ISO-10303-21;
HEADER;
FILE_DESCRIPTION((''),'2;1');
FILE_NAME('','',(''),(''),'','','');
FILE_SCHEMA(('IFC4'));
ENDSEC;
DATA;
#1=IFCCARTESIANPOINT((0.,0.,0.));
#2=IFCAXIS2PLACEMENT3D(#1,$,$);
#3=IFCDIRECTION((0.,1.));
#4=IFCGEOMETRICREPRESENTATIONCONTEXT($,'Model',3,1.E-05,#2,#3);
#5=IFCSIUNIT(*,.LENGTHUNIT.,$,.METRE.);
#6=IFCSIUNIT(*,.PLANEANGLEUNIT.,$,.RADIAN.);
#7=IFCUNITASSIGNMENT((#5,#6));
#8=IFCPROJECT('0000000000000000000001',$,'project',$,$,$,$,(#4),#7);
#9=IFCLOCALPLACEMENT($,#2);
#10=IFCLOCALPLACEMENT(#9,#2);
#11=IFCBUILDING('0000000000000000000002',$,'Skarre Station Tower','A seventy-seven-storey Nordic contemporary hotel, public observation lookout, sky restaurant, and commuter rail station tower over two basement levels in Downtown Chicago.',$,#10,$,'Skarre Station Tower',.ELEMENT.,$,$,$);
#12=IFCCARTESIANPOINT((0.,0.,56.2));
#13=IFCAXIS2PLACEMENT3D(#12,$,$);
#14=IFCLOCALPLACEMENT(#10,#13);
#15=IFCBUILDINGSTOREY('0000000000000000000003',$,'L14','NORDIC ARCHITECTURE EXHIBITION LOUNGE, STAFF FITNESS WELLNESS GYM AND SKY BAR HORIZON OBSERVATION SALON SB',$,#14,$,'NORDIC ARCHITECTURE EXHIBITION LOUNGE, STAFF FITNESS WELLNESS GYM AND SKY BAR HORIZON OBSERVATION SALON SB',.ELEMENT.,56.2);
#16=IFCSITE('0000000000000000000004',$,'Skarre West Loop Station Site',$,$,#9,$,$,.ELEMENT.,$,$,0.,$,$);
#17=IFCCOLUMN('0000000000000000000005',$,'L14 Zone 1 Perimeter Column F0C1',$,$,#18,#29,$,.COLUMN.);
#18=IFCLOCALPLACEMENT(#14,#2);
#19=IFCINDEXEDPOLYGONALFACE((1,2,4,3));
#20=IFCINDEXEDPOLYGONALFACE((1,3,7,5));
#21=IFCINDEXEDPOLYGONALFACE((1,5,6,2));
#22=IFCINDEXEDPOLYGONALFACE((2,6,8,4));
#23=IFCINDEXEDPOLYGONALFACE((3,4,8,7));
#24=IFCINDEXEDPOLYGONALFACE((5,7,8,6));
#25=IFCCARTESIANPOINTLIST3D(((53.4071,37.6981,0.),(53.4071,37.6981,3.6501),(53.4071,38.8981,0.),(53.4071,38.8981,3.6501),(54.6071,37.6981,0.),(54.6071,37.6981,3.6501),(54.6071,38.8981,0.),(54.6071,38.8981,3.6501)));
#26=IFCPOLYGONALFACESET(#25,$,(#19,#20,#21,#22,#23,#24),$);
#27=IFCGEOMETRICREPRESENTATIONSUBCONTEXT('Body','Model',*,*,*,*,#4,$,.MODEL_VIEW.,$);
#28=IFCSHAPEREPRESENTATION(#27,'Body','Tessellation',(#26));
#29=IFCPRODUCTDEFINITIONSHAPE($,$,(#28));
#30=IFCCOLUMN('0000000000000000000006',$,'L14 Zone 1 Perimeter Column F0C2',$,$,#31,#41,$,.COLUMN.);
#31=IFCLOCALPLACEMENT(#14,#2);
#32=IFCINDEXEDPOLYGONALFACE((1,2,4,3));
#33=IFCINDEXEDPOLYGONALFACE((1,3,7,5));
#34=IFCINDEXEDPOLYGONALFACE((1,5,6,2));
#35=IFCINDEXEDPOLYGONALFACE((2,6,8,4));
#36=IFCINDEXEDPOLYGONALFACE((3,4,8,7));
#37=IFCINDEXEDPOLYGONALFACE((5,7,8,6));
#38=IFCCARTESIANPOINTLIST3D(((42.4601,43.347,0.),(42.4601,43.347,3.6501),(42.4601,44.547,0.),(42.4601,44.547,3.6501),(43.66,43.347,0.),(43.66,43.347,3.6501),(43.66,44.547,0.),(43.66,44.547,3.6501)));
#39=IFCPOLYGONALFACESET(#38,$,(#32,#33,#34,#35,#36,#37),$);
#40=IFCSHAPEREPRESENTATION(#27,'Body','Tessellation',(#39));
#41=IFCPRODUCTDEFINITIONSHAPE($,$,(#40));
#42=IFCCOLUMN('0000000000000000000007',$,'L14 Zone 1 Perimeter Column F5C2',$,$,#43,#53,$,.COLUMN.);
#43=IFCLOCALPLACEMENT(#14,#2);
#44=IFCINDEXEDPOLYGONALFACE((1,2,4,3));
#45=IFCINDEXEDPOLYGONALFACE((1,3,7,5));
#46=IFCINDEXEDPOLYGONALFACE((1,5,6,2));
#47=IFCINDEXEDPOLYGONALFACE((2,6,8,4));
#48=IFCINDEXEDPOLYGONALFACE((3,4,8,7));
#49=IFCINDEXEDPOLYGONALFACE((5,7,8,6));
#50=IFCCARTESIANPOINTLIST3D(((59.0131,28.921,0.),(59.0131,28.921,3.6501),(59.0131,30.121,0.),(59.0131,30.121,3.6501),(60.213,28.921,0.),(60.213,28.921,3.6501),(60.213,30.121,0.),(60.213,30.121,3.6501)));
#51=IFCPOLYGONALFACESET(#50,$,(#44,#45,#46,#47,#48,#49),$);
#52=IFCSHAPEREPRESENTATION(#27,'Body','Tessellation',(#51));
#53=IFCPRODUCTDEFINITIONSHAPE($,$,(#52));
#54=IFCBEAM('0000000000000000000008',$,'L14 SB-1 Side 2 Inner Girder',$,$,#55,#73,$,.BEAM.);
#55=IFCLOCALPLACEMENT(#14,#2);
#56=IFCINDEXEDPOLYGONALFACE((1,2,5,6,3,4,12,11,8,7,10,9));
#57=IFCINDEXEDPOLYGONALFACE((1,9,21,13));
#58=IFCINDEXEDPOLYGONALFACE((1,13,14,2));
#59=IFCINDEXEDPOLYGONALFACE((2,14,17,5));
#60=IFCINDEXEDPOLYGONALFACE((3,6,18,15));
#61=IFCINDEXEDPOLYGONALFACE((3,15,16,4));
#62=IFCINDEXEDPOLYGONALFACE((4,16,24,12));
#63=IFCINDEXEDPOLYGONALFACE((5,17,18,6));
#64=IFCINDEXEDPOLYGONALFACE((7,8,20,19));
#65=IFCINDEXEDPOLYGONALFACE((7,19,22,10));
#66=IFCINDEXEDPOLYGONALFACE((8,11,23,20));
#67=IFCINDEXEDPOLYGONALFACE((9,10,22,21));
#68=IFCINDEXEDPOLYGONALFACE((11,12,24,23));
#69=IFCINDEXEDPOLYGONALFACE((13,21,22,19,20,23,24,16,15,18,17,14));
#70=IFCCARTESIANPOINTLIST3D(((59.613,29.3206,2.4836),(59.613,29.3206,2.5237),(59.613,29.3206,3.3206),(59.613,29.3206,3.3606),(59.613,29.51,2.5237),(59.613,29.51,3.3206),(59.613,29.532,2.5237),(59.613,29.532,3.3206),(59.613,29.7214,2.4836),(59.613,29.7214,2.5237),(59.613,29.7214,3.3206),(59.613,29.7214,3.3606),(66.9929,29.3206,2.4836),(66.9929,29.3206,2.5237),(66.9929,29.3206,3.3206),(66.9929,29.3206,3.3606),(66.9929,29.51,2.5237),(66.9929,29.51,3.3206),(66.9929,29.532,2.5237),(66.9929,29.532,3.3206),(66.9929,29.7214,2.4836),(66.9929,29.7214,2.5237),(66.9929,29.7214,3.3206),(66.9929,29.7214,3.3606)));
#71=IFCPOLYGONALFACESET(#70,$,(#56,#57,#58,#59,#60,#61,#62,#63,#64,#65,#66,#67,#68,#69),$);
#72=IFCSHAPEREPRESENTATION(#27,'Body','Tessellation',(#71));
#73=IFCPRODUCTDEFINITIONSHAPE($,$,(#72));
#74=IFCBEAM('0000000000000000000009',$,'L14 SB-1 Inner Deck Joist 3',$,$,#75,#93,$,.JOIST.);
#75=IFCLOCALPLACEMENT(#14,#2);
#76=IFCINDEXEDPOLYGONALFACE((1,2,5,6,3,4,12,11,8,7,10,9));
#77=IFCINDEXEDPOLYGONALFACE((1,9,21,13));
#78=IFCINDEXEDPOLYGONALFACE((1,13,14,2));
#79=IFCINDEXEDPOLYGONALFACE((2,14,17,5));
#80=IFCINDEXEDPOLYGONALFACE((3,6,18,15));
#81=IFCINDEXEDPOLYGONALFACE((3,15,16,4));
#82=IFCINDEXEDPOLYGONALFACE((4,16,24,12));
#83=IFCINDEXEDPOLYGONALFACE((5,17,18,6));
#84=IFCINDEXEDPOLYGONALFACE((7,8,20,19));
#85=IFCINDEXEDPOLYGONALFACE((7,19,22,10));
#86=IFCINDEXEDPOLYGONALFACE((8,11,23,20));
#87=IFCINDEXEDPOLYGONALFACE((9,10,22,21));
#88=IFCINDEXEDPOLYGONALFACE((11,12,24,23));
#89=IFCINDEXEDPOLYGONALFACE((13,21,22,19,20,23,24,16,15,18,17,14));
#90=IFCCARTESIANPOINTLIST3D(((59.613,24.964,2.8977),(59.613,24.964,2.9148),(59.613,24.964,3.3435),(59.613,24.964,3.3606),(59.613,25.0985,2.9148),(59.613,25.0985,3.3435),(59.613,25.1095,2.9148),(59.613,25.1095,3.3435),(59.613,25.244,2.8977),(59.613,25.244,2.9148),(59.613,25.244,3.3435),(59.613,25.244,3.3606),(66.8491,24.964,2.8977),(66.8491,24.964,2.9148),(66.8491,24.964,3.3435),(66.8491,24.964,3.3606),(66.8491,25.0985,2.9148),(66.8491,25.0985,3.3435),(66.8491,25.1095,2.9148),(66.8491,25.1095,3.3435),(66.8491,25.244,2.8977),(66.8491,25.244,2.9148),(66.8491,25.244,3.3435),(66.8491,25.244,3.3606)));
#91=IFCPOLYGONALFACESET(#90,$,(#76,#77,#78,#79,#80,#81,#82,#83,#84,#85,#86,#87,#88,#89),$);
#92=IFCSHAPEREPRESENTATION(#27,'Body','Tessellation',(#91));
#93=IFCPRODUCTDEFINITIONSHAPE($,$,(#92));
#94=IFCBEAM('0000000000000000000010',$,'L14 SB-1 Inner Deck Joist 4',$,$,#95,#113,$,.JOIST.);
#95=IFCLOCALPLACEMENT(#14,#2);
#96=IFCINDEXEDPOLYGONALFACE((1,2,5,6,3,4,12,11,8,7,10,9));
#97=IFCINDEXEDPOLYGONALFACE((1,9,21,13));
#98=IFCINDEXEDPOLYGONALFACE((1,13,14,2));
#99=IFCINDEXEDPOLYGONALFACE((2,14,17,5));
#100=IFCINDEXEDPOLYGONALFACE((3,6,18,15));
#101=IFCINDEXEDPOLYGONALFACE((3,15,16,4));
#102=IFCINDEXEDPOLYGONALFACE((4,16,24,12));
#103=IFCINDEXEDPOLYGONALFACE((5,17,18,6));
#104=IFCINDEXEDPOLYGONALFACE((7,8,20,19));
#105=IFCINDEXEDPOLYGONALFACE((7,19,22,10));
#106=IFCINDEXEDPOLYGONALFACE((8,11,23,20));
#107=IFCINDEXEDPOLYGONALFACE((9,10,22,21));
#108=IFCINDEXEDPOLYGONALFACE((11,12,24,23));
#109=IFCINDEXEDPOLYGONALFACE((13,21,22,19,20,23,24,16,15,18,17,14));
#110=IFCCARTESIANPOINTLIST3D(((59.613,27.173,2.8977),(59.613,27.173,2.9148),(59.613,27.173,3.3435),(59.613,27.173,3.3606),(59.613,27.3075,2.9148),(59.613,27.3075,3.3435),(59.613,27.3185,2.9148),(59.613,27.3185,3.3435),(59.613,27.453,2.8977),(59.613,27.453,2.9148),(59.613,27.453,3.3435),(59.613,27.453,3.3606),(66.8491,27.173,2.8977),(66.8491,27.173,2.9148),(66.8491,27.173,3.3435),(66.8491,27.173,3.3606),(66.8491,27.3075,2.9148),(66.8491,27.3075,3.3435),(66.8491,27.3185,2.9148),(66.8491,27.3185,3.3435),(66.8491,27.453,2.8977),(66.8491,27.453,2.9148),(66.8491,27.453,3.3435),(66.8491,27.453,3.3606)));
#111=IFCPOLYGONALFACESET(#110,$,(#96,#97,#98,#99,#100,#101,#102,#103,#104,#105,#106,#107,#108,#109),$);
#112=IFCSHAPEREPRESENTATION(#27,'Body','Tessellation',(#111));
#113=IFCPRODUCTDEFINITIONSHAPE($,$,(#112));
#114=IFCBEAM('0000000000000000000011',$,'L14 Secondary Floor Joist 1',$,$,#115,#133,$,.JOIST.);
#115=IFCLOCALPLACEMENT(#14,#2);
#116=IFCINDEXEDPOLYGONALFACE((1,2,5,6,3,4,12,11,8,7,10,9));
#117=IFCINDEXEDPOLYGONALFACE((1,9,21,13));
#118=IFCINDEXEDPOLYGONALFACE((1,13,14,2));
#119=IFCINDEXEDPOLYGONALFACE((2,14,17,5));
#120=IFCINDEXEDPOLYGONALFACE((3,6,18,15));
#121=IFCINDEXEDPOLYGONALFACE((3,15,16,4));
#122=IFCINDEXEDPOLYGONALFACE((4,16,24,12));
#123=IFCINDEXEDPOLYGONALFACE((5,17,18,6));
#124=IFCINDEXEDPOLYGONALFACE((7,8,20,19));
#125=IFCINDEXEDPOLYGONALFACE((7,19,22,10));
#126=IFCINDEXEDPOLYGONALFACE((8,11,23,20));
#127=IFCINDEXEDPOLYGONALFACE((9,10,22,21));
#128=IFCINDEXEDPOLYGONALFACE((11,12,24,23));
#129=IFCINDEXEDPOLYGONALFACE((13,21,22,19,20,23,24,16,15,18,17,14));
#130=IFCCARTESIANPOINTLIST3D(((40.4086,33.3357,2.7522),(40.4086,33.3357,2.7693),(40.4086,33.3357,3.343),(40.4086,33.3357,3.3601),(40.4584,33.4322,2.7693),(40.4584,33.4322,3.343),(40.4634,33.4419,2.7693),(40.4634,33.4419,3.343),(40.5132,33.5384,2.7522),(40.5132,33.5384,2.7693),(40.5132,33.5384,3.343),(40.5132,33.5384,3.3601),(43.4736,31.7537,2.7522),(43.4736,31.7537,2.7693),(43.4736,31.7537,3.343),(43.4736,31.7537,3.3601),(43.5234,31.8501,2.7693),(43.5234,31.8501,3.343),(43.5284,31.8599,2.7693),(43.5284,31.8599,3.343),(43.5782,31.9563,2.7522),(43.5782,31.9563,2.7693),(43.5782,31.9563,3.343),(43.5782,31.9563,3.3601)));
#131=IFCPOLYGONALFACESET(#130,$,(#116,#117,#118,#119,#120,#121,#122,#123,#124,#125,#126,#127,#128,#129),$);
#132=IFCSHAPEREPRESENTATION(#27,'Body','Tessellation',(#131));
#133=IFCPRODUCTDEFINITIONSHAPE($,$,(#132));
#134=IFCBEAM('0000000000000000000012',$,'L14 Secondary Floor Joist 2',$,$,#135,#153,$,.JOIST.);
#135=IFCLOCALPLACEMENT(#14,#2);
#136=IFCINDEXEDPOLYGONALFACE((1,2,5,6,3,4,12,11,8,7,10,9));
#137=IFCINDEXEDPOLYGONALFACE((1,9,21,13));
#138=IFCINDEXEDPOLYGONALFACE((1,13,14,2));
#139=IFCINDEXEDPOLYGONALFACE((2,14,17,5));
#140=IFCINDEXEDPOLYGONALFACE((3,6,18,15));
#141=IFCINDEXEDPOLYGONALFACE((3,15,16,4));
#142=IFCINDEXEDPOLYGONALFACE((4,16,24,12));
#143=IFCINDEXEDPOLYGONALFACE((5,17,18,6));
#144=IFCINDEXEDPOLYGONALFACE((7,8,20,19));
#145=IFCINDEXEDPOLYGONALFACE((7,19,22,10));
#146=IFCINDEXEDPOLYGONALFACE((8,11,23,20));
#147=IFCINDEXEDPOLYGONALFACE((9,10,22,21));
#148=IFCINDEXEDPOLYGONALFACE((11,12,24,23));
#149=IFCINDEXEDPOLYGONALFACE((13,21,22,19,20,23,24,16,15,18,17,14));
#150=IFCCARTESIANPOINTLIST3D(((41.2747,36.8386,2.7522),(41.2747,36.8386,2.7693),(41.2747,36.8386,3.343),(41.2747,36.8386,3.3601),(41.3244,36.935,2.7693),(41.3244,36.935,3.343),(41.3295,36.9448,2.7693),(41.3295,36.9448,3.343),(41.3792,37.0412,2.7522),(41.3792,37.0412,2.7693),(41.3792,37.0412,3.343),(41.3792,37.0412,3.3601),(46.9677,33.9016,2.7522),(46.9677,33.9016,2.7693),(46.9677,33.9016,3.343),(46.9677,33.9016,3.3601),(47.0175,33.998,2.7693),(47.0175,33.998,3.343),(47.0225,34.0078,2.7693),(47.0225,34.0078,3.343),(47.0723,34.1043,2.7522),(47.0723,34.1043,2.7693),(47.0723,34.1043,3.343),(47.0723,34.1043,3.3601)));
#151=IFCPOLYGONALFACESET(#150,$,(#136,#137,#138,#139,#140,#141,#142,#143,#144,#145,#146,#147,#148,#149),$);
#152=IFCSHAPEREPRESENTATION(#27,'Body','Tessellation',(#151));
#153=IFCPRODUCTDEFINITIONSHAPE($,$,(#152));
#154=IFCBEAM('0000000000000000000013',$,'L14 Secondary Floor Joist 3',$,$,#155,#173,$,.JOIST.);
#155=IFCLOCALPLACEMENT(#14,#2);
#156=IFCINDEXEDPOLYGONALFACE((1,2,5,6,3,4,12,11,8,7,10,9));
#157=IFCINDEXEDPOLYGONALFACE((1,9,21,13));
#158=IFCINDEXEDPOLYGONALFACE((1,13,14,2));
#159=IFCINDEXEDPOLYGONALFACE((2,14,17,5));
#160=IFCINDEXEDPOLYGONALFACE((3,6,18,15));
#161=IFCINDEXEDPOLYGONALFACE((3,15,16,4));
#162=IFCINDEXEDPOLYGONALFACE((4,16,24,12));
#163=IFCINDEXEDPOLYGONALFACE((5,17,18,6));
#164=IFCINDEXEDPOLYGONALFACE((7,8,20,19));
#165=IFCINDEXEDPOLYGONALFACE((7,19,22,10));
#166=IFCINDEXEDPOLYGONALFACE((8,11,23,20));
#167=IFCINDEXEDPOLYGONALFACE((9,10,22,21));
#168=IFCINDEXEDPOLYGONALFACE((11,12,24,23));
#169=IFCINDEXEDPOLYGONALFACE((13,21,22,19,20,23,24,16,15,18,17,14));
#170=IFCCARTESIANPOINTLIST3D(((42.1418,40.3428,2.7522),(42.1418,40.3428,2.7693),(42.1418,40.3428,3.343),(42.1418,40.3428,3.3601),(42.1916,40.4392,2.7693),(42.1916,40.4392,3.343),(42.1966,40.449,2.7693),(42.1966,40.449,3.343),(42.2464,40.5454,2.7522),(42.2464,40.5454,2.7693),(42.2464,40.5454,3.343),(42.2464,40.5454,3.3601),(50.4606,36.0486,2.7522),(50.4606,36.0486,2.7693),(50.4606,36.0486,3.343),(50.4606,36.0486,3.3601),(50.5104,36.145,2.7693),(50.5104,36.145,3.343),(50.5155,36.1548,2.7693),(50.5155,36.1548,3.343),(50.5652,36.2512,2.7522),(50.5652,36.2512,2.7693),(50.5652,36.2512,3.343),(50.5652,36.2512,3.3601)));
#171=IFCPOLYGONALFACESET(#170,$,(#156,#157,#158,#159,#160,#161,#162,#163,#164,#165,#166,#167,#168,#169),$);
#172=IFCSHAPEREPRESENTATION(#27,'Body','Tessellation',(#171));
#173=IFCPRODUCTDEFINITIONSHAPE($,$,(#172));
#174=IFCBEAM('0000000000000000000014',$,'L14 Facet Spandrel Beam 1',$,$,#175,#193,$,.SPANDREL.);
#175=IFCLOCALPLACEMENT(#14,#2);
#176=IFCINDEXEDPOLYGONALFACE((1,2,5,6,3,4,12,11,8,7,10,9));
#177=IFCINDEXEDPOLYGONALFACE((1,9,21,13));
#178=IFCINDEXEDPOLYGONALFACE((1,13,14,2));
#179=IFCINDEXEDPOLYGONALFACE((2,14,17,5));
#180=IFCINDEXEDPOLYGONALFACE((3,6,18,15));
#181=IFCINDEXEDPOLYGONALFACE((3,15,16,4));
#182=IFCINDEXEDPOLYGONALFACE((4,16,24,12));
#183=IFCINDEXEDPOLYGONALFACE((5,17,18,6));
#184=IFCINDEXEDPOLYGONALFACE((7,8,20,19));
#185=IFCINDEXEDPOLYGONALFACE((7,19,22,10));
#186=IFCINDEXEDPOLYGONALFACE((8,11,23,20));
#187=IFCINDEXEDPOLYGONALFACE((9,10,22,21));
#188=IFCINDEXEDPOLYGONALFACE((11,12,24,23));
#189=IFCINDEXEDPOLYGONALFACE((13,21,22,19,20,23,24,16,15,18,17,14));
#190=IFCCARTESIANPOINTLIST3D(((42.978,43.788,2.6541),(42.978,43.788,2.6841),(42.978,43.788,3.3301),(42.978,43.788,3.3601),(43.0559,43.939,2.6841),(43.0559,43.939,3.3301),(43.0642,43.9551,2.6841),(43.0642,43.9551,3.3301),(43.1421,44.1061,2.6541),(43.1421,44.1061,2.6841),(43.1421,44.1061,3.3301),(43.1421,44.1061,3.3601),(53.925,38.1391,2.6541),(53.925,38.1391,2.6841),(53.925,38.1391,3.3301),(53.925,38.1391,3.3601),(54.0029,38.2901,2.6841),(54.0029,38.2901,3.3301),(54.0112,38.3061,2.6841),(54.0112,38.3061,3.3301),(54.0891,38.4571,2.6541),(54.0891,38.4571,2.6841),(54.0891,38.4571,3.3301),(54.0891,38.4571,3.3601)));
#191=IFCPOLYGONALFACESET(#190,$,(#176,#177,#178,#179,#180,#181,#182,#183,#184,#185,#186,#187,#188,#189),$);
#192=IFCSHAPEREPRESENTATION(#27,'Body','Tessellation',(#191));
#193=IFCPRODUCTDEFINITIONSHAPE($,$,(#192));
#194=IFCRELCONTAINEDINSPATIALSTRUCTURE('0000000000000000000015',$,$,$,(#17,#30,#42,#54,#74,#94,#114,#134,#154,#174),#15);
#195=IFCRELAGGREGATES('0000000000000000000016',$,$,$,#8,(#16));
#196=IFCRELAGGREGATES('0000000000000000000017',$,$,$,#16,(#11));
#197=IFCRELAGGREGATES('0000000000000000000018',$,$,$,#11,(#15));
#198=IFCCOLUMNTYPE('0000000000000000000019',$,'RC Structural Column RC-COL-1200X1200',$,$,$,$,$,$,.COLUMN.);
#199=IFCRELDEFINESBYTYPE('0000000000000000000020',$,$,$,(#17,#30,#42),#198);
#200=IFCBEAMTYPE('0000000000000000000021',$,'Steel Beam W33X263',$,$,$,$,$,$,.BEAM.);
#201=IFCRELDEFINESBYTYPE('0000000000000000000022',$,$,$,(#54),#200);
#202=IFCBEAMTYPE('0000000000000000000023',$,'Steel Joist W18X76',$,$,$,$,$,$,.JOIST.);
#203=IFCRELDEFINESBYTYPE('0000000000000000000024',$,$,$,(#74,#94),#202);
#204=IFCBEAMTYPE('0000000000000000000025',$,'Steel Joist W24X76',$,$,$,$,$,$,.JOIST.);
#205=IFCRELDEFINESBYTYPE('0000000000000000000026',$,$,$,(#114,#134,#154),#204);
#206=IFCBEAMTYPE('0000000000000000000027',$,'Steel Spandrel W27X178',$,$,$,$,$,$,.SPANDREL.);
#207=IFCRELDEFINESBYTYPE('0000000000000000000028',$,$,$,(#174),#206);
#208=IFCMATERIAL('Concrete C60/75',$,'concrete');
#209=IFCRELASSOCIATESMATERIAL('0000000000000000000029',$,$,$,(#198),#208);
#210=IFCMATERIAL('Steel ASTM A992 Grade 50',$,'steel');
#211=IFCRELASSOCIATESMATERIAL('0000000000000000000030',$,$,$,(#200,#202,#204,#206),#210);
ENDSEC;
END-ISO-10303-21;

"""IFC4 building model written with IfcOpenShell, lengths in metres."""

from ifc_helpers import new_model, si_unit, direction, frame, origin, origin_2d, place, context, subcontext, project, spatial, rectangle, i_section, extrude, material, material_profile, profile_set, type_object, element, save


model = new_model("IFC4")

# Units and contexts
model_context = context("Model", 3, precision=1e-05, world=origin(), true_north=direction((0.0, 1.0)))
body_context = subcontext(model_context, "Body", "Model", "MODEL_VIEW")
ifc_project = project(units=[si_unit("LENGTHUNIT", "METRE"), si_unit("PLANEANGLEUNIT", "RADIAN")], contexts=[model_context])

# Site, building, storey
site_placement = place(None, origin())
site = spatial("IfcSite", under=ifc_project, at=site_placement, Name="Skarre West Loop Station Site", CompositionType="ELEMENT", RefElevation=0.0)
building_placement = place(site_placement, origin())
building = spatial("IfcBuilding", under=site, at=building_placement, Name="Skarre Station Tower", Description="A seventy-seven-storey Nordic contemporary hotel, public observation lookout, sky restaurant, and commuter rail station tower over two basement levels in Downtown Chicago.", LongName="Skarre Station Tower", CompositionType="ELEMENT")
storey_placement = place(building_placement, frame((0.0, 0.0, 56.2)))
storey = spatial("IfcBuildingStorey", under=building, at=storey_placement, Name="L14", Description="NORDIC ARCHITECTURE EXHIBITION LOUNGE, STAFF FITNESS WELLNESS GYM AND SKY BAR HORIZON OBSERVATION SALON SB", LongName="NORDIC ARCHITECTURE EXHIBITION LOUNGE, STAFF FITNESS WELLNESS GYM AND SKY BAR HORIZON OBSERVATION SALON SB", CompositionType="ELEMENT", Elevation=56.2)

# Columns
ifc_material_1 = material(Name="Concrete C60/75", Category="concrete")
ifc_material_profile_1 = material_profile(ifc_material_1, rectangle(XDim=1.2, YDim=1.2, at=origin_2d()), Name="Concrete C60/75")
ifc_profile_set_1 = profile_set([ifc_material_profile_1], Name="Concrete C60/75")
column_type = type_object("IfcColumnType", Name="RC Structural Column RC-COL-1200X1200", PredefinedType="COLUMN", material=ifc_profile_set_1)
for number, where, z_axis, x_axis, name in (
    (1, (54.0071, 38.2981, 0.0), (0.0, 0.0, 1.0), (1.0, 0.0, 0.0), "L14 Zone 1 Perimeter Column F0C1"),
    (2, (43.0601, 43.947, 0.0), (0.0, 0.0, 1.0), (1.0, 0.0, 0.0), "L14 Zone 1 Perimeter Column F0C2"),
    (3, (59.613, 29.521, 0.0), (0.0, 0.0, 1.0), (1.0, 0.0, 0.0), "L14 Zone 1 Perimeter Column F5C2"),
):
    element("IfcColumn", number, at=place(storey_placement, frame(where, z_axis=z_axis, x_axis=x_axis)), inside=storey, type_object=column_type, Name=name, PredefinedType="COLUMN", context=body_context, shape_type="SweptSolid", body=[
        extrude(rectangle(XDim=1.2, YDim=1.2, at=origin_2d()), origin(), (0.0, 0.0, 1.0), 3.6501),
    ])

# Beams
ifc_material_2 = material(Name="Steel ASTM A992 Grade 50", Category="steel")
ifc_material_profile_2 = material_profile(ifc_material_2, i_section(OverallWidth=0.4009, OverallDepth=0.877, WebThickness=0.022, FlangeThickness=0.04, at=origin_2d()), Name="Steel ASTM A992 Grade 50")
ifc_profile_set_2 = profile_set([ifc_material_profile_2], Name="Steel ASTM A992 Grade 50")
beam_type_1 = type_object("IfcBeamType", Name="Steel Beam W33X263", PredefinedType="BEAM", material=ifc_profile_set_2)
beam_1_placement = place(storey_placement, frame((59.613, 29.521, 2.9221), z_axis=(1.0, 0.0, 0.0), x_axis=(0.0, 1.0, 0.0)))
element("IfcBeam", 4, at=beam_1_placement, inside=storey, type_object=beam_type_1, Name="L14 SB-1 Side 2 Inner Girder", PredefinedType="BEAM", context=body_context, shape_type="SweptSolid", body=[
    extrude(i_section(OverallWidth=0.4009, OverallDepth=0.877, WebThickness=0.022, FlangeThickness=0.04, at=origin_2d()), origin(), (0.0, 0.0, 1.0), 7.3799),
])
ifc_material_profile_3 = material_profile(ifc_material_2, i_section(OverallWidth=0.28, OverallDepth=0.4629, WebThickness=0.011, FlangeThickness=0.0171, at=origin_2d()), Name="Steel ASTM A992 Grade 50")
ifc_profile_set_3 = profile_set([ifc_material_profile_3], Name="Steel ASTM A992 Grade 50")
beam_type_2 = type_object("IfcBeamType", Name="Steel Joist W18X76", PredefinedType="JOIST", material=ifc_profile_set_3)
for number, where, z_axis, x_axis, name in (
    (5, (59.613, 25.104, 3.1292), (1.0, 0.0, 0.0), (0.0, 1.0, 0.0), "L14 SB-1 Inner Deck Joist 3"),
    (6, (59.613, 27.313, 3.1292), (1.0, 0.0, 0.0), (0.0, 1.0, 0.0), "L14 SB-1 Inner Deck Joist 4"),
):
    element("IfcBeam", number, at=place(storey_placement, frame(where, z_axis=z_axis, x_axis=x_axis)), inside=storey, type_object=beam_type_2, Name=name, PredefinedType="JOIST", context=body_context, shape_type="SweptSolid", body=[
        extrude(i_section(OverallWidth=0.28, OverallDepth=0.4629, WebThickness=0.011, FlangeThickness=0.0171, at=origin_2d()), origin(), (0.0, 0.0, 1.0), 7.2361),
    ])
ifc_material_profile_4 = material_profile(ifc_material_2, i_section(OverallWidth=0.228, OverallDepth=0.6079, WebThickness=0.011, FlangeThickness=0.0171, at=origin_2d()), Name="Steel ASTM A992 Grade 50")
ifc_profile_set_4 = profile_set([ifc_material_profile_4], Name="Steel ASTM A992 Grade 50")
beam_type_3 = type_object("IfcBeamType", Name="Steel Joist W24X76", PredefinedType="JOIST", material=ifc_profile_set_4)
beam_2_placement = place(storey_placement, frame((43.5259, 31.855, 3.0562), z_axis=(-0.888606, 0.458672, 0.0), x_axis=(-0.458672, -0.888606, 0.0)))
element("IfcBeam", 7, at=beam_2_placement, inside=storey, type_object=beam_type_3, Name="L14 Secondary Floor Joist 1", PredefinedType="JOIST", context=body_context, shape_type="SweptSolid", body=[
    extrude(i_section(OverallWidth=0.228, OverallDepth=0.6079, WebThickness=0.011, FlangeThickness=0.0171, at=origin_2d()), origin(), (0.0, 0.0, 1.0), 3.4492),
])
beam_3_placement = place(storey_placement, frame((47.02, 34.0029, 3.0562), z_axis=(-0.888708, 0.458474, 0.0), x_axis=(-0.458474, -0.888708, 0.0)))
element("IfcBeam", 8, at=beam_3_placement, inside=storey, type_object=beam_type_3, Name="L14 Secondary Floor Joist 2", PredefinedType="JOIST", context=body_context, shape_type="SweptSolid", body=[
    extrude(i_section(OverallWidth=0.228, OverallDepth=0.6079, WebThickness=0.011, FlangeThickness=0.0171, at=origin_2d()), origin(), (0.0, 0.0, 1.0), 6.406),
])
beam_4_placement = place(storey_placement, frame((50.5129, 36.1499, 3.0562), z_axis=(-0.888595, 0.458693, 0.0), x_axis=(-0.458693, -0.888595, 0.0)))
element("IfcBeam", 9, at=beam_4_placement, inside=storey, type_object=beam_type_3, Name="L14 Secondary Floor Joist 3", PredefinedType="JOIST", context=body_context, shape_type="SweptSolid", body=[
    extrude(i_section(OverallWidth=0.228, OverallDepth=0.6079, WebThickness=0.011, FlangeThickness=0.0171, at=origin_2d()), origin(), (0.0, 0.0, 1.0), 9.3618),
])
ifc_material_profile_5 = material_profile(ifc_material_2, i_section(OverallWidth=0.3579, OverallDepth=0.7061, WebThickness=0.0181, FlangeThickness=0.03, at=origin_2d()), Name="Steel ASTM A992 Grade 50")
ifc_profile_set_5 = profile_set([ifc_material_profile_5], Name="Steel ASTM A992 Grade 50")
beam_type_4 = type_object("IfcBeamType", Name="Steel Spandrel W27X178", PredefinedType="SPANDREL", material=ifc_profile_set_5)
beam_5_placement = place(storey_placement, frame((54.0071, 38.2981, 3.0071), z_axis=(-0.888659, 0.458569, 0.0), x_axis=(-0.458569, -0.888659, 0.0)))
element("IfcBeam", 10, at=beam_5_placement, inside=storey, type_object=beam_type_4, Name="L14 Facet Spandrel Beam 1", PredefinedType="SPANDREL", context=body_context, shape_type="SweptSolid", body=[
    extrude(i_section(OverallWidth=0.3579, OverallDepth=0.7061, WebThickness=0.0181, FlangeThickness=0.03, at=origin_2d()), origin(), (0.0, 0.0, 1.0), 12.3186),
])

save(model, "model.ifc")
